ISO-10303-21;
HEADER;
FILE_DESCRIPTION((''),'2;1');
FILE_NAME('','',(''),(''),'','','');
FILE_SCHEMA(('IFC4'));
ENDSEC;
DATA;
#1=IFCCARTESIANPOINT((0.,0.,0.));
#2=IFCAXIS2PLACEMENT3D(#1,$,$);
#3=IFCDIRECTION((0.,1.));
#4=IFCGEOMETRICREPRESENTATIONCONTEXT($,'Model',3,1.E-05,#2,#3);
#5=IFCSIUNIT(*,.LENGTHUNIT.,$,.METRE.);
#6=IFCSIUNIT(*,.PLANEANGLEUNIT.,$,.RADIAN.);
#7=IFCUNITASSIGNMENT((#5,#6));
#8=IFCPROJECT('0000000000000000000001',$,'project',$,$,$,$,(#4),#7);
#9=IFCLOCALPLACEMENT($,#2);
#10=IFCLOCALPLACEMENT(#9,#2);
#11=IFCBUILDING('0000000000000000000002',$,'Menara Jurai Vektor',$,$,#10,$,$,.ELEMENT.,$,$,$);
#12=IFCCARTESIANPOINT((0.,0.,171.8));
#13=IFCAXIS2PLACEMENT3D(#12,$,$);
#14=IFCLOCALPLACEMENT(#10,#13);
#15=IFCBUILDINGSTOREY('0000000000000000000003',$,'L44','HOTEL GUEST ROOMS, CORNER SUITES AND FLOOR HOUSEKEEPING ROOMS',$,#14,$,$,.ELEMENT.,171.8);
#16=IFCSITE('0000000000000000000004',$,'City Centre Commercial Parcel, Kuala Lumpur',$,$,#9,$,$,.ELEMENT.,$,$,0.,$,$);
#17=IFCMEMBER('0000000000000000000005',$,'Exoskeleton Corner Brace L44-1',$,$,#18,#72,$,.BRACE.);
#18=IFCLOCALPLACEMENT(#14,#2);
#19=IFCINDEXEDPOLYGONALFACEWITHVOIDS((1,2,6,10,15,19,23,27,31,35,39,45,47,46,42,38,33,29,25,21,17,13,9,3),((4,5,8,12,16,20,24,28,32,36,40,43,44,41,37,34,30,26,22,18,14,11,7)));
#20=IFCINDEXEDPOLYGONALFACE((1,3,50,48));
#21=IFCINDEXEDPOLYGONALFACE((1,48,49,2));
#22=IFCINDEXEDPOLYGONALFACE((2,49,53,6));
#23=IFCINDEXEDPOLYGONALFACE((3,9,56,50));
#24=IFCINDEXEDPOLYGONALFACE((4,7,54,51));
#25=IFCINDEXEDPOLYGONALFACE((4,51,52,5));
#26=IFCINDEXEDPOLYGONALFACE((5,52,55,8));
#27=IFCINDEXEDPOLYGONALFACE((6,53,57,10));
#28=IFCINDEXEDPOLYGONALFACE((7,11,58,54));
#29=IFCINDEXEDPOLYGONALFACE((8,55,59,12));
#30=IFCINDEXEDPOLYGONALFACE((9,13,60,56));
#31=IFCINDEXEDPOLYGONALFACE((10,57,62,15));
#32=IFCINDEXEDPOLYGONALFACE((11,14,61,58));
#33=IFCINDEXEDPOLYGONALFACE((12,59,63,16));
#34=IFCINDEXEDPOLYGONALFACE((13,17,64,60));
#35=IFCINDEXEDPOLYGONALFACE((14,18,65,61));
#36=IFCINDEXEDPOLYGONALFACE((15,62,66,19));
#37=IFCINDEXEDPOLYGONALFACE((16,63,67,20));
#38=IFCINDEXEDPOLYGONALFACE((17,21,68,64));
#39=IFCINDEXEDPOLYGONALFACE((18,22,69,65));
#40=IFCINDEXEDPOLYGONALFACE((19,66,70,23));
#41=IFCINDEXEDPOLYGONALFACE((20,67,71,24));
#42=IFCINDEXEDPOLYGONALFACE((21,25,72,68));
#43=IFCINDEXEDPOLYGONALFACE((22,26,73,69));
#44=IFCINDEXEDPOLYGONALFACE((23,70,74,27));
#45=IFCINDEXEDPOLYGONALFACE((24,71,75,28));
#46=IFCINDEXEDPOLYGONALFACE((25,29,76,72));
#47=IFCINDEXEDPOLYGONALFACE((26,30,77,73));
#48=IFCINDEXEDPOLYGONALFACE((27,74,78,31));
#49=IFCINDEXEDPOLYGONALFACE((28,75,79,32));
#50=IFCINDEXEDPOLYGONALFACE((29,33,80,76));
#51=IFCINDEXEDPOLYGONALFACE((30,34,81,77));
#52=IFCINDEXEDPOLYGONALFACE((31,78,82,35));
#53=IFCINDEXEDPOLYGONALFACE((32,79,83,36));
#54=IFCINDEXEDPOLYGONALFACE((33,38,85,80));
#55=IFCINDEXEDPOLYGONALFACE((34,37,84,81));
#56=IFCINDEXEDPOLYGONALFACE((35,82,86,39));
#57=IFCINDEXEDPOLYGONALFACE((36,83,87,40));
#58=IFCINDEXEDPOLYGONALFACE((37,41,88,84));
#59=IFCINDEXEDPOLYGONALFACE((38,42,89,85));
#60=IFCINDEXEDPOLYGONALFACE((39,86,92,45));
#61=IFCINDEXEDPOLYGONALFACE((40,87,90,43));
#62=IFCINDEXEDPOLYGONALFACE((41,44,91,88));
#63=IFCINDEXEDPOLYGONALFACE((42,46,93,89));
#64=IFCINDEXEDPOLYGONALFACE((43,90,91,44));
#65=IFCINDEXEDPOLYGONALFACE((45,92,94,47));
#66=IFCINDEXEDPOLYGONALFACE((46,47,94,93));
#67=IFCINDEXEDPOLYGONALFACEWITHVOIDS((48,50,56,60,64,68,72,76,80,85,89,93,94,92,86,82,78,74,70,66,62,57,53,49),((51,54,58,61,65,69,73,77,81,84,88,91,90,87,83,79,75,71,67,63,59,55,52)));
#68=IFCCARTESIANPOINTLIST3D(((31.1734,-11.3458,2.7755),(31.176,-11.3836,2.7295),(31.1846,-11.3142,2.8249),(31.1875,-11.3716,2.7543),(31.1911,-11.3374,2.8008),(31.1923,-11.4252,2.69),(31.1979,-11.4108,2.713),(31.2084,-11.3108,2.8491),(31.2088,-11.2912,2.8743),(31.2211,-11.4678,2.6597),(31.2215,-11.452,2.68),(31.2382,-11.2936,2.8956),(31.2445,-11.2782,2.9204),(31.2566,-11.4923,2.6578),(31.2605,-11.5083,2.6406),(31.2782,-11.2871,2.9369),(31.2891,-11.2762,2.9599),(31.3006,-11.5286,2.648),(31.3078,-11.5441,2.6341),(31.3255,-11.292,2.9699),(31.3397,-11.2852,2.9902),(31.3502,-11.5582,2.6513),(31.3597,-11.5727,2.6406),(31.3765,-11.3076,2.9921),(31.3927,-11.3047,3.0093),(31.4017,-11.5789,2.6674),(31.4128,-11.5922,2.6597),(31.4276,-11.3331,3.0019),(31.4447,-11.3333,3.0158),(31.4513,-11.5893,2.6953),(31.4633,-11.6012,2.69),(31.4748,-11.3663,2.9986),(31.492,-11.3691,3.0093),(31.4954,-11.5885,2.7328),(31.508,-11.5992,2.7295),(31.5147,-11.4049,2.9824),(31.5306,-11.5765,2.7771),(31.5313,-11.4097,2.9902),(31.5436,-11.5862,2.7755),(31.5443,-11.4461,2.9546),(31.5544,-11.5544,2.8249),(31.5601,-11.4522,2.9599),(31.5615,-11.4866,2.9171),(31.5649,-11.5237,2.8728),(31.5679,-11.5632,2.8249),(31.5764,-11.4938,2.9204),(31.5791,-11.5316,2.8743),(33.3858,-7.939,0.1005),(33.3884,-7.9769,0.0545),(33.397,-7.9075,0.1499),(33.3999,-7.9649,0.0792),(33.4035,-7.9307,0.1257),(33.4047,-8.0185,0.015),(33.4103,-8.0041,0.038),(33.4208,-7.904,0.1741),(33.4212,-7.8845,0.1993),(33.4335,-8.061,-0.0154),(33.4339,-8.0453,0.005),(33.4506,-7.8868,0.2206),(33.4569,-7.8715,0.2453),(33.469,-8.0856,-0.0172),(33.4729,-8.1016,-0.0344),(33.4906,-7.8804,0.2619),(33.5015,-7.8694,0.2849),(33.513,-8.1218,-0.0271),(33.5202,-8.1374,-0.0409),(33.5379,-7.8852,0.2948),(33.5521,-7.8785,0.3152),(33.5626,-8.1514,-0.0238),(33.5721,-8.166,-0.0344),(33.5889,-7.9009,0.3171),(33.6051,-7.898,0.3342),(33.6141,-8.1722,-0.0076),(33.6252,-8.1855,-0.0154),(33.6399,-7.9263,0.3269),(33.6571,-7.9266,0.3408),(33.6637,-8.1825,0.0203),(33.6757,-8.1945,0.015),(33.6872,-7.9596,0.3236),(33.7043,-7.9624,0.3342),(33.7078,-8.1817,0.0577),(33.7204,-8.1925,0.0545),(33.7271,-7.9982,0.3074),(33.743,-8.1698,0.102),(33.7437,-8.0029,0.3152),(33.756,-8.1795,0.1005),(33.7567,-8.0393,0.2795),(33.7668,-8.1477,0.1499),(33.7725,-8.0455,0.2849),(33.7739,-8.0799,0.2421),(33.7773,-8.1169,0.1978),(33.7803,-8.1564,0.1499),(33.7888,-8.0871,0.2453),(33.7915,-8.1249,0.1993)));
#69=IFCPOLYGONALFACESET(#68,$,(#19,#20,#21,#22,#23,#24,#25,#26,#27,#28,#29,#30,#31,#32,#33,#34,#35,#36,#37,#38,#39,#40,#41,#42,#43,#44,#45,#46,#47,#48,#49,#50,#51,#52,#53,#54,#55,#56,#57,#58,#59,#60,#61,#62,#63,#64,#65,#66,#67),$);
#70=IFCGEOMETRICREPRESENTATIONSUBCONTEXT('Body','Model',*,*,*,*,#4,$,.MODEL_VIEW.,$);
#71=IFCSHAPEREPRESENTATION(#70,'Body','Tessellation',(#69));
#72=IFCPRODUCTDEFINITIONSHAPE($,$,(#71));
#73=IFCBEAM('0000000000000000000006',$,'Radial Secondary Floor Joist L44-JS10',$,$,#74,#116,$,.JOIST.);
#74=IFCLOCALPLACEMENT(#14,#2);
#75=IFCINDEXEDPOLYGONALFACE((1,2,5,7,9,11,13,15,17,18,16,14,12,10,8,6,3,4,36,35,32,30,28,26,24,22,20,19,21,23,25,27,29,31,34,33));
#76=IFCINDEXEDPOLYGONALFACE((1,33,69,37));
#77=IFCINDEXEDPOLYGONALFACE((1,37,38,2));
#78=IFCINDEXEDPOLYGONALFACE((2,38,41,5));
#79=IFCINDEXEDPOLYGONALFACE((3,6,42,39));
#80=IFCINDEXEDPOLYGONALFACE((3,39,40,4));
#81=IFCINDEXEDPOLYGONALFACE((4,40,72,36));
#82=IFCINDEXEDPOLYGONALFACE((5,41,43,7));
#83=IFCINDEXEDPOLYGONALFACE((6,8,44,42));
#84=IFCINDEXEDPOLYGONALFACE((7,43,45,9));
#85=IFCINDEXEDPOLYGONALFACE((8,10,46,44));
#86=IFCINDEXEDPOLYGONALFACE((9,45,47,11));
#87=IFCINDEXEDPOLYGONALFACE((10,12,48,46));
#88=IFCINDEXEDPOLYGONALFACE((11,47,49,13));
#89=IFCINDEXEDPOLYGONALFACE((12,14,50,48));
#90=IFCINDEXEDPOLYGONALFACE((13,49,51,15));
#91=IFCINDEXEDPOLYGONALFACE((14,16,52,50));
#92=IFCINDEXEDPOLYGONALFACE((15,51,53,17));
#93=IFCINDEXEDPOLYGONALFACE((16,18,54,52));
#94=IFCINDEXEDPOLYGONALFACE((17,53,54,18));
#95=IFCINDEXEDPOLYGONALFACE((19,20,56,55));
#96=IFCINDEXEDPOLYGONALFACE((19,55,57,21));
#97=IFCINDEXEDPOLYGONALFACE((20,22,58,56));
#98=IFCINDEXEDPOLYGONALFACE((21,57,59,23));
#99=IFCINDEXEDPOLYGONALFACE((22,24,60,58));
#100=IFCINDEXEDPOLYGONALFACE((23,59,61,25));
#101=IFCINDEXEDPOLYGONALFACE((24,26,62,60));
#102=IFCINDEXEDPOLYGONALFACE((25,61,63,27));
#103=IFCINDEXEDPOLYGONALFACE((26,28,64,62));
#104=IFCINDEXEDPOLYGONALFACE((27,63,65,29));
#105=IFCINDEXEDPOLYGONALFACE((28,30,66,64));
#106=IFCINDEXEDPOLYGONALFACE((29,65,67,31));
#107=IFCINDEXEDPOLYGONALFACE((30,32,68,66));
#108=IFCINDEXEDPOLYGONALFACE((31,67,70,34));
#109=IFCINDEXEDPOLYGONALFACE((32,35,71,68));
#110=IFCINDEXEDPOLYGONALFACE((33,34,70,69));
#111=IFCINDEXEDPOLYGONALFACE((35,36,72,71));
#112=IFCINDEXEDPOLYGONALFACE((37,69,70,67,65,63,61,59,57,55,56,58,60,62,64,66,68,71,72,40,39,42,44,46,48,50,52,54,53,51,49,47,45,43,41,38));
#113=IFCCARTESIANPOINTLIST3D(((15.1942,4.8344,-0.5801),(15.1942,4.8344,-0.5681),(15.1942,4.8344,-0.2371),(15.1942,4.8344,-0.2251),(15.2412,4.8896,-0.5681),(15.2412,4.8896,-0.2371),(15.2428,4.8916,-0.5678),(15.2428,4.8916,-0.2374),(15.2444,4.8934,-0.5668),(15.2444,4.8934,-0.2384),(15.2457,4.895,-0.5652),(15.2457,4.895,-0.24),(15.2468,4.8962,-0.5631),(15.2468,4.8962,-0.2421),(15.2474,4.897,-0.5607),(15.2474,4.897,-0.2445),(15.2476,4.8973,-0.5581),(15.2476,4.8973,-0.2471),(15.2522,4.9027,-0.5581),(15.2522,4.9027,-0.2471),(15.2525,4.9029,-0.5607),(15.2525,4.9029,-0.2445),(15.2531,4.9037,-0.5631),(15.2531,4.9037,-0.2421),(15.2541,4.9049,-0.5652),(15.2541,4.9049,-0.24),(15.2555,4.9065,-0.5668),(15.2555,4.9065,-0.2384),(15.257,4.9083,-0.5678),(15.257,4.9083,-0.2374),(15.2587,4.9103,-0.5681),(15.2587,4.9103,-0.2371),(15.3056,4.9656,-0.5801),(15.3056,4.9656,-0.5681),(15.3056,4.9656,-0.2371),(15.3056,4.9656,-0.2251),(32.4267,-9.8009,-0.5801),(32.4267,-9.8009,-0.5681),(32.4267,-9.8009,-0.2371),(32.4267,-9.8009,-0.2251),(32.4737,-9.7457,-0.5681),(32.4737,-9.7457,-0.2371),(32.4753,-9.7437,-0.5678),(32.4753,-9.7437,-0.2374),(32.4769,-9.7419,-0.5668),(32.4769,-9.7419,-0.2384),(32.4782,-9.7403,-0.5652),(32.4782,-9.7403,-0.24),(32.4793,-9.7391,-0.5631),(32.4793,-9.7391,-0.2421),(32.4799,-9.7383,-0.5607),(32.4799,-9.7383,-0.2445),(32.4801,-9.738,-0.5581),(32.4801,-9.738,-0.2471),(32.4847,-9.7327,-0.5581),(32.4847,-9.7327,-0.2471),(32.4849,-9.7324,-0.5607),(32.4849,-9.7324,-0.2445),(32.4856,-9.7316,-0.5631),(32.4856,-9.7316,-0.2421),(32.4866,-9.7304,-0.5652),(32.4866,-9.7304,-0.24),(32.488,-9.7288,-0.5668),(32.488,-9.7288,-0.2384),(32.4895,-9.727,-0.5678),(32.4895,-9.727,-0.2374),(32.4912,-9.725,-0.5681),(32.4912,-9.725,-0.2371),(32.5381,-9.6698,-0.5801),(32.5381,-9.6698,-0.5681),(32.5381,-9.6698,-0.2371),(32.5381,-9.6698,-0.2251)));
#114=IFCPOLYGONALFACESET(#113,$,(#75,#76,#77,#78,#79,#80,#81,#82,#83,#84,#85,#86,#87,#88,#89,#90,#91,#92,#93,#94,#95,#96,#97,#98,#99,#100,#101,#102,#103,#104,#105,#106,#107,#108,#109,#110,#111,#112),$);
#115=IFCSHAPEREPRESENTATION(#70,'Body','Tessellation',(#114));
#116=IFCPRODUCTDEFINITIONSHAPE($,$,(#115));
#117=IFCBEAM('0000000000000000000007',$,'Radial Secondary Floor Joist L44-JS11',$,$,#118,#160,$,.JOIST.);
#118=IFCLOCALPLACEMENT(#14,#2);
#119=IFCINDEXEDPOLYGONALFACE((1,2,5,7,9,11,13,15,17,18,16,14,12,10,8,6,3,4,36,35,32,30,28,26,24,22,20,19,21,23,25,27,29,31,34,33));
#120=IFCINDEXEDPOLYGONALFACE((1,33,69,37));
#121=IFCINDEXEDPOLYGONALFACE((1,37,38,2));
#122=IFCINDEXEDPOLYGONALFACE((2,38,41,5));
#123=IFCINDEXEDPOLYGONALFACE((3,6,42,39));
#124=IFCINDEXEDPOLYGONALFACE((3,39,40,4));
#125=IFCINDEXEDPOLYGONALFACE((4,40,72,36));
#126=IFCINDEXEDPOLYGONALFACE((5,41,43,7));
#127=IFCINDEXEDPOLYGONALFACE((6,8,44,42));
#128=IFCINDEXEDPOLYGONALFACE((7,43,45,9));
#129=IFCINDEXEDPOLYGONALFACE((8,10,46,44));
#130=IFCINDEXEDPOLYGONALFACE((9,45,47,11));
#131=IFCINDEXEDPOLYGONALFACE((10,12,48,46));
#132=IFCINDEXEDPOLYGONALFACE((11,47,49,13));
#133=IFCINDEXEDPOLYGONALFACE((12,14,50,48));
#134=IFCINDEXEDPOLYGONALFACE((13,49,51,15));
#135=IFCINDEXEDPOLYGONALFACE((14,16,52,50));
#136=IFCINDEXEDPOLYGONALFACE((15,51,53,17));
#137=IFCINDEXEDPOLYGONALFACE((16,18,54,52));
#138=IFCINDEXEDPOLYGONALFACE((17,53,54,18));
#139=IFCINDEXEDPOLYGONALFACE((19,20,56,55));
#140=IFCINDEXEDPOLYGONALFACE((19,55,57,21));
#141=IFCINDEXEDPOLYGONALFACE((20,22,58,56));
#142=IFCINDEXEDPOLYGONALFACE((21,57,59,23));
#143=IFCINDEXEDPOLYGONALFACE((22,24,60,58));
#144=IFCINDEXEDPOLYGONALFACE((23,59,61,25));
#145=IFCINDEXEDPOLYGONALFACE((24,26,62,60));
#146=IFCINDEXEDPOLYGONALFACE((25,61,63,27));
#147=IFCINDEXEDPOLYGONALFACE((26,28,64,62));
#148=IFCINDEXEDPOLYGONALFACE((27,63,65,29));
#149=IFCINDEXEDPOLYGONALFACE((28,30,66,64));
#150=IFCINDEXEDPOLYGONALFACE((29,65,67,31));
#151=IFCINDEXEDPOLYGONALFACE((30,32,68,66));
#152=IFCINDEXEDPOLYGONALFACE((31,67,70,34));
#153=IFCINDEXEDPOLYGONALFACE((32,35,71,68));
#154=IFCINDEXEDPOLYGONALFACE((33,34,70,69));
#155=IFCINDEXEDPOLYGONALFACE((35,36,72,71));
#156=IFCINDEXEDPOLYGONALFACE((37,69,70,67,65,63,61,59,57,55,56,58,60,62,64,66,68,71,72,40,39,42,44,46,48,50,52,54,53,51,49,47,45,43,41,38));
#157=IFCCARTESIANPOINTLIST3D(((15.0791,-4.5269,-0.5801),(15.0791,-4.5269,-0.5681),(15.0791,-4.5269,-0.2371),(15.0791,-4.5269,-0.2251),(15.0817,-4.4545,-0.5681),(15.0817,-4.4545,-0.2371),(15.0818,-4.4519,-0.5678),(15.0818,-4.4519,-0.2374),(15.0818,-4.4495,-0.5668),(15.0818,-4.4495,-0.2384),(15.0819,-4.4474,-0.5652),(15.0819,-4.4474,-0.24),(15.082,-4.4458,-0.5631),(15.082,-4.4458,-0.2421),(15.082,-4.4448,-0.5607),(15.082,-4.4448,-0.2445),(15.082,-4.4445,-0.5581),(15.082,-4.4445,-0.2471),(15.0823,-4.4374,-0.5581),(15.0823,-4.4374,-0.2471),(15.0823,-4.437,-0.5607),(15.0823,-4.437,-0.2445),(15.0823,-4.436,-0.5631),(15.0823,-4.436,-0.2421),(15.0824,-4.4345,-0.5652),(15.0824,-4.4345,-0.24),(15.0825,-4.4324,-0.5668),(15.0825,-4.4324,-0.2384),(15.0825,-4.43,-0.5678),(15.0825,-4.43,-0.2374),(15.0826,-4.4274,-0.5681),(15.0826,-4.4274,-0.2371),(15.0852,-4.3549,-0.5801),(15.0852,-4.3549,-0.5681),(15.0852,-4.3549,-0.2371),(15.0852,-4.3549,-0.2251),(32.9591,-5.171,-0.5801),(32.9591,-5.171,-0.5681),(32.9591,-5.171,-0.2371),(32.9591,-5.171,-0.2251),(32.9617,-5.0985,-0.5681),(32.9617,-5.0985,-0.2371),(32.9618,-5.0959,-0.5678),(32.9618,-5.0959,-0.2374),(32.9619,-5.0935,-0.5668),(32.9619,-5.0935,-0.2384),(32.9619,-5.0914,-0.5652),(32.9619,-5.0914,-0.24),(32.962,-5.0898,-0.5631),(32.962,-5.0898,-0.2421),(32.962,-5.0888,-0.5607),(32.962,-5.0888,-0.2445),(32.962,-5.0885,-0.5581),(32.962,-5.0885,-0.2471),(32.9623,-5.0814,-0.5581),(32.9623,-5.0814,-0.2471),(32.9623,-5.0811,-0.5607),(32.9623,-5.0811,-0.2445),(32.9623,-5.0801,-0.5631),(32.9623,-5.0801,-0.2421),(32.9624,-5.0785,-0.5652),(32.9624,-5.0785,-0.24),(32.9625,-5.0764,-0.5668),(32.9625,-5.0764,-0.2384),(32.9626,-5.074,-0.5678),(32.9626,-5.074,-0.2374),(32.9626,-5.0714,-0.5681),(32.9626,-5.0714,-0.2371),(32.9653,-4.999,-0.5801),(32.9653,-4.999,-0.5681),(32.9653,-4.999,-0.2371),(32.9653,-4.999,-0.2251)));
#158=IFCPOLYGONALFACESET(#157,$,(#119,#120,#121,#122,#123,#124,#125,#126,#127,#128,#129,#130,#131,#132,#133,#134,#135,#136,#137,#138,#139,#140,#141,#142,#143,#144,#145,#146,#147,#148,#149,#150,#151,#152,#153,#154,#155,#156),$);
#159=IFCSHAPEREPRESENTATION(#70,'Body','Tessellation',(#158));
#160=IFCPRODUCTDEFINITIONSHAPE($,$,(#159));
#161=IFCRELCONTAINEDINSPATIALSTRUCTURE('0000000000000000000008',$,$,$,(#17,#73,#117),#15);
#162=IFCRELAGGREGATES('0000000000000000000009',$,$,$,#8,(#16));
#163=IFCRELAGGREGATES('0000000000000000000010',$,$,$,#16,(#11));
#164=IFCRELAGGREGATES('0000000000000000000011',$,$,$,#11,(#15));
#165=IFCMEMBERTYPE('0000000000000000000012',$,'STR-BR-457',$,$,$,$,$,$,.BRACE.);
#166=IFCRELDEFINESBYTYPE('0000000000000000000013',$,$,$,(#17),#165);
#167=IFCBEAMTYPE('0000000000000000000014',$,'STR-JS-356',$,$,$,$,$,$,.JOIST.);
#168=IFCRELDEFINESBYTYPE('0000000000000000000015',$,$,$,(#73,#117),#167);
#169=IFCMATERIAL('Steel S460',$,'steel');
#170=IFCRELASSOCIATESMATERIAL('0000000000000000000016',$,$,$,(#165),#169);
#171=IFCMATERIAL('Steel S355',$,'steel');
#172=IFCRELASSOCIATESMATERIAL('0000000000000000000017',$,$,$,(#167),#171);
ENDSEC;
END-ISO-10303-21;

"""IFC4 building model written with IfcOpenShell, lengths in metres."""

from ifc_helpers import new_model, si_unit, direction, frame, origin, origin_2d, place, context, subcontext, project, spatial, hollow_circle, i_section, extrude, material, material_profile, profile_set, type_object, element, save


model = new_model("IFC4")

# Units and contexts
model_context = context("Model", 3, precision=1e-05, world=origin(), true_north=direction((0.0, 1.0)))
body_context = subcontext(model_context, "Body", "Model", "MODEL_VIEW")
ifc_project = project(units=[si_unit("LENGTHUNIT", "METRE"), si_unit("PLANEANGLEUNIT", "RADIAN")], contexts=[model_context])

# Site, building, storey
site_placement = place(None, origin())
site = spatial("IfcSite", under=ifc_project, at=site_placement, Name="City Centre Commercial Parcel, Kuala Lumpur", CompositionType="ELEMENT", RefElevation=0.0)
building_placement = place(site_placement, origin())
building = spatial("IfcBuilding", under=site, at=building_placement, Name="Menara Jurai Vektor", CompositionType="ELEMENT")
storey_placement = place(building_placement, frame((0.0, 0.0, 171.8)))
storey = spatial("IfcBuildingStorey", under=building, at=storey_placement, Name="L44", Description="HOTEL GUEST ROOMS, CORNER SUITES AND FLOOR HOUSEKEEPING ROOMS", CompositionType="ELEMENT", Elevation=171.8)

# Shared definitions
ifc_material_1 = material(Name="Steel S460", Category="steel")

# Shared definitions
ifc_material_2 = material(Name="Steel S355", Category="steel")

# Member
ifc_material_profile_1 = material_profile(ifc_material_1, hollow_circle(Radius=0.2285, WallThickness=0.0161, at=origin_2d()), Name="CHS 457x16")
ifc_profile_set_1 = profile_set([ifc_material_profile_1], Name="Steel S460")
member_type_1 = type_object("IfcMemberType", Name="STR-BR-457", PredefinedType="BRACE", material=ifc_profile_set_1)
member_1_placement = place(storey_placement, frame((33.5886, -8.032, 0.1499), z_axis=(-0.454872, -0.700428, 0.549992), x_axis=(0.838666, -0.544646, 0.0)))
element("IfcMember", 1, at=member_1_placement, inside=storey, type_object=member_type_1, Name="Exoskeleton Corner Brace L44-1", PredefinedType="BRACE", context=body_context, shape_type="SweptSolid", body=[
    extrude(hollow_circle(Radius=0.2285, WallThickness=0.0161, at=origin_2d()), origin(), (0.0, 0.0, 1.0), 4.8638),
])

# Beams
ifc_material_profile_2 = material_profile(ifc_material_2, i_section(OverallWidth=0.1721, OverallDepth=0.355, WebThickness=0.0071, FlangeThickness=0.012, FilletRadius=0.01, at=origin_2d()), Name="UKB 356x171x51")
ifc_profile_set_2 = profile_set([ifc_material_profile_2], Name="Steel S355")
beam_type_1 = type_object("IfcBeamType", Name="STR-JS-356", PredefinedType="JOIST", material=ifc_profile_set_2)
beam_1_placement = place(storey_placement, frame((32.4824, -9.7354, -0.4026), z_axis=(-0.762208, 0.647332, 0.0), x_axis=(-0.647332, -0.762208, 0.0)))
element("IfcBeam", 2, at=beam_1_placement, inside=storey, type_object=beam_type_1, Name="Radial Secondary Floor Joist L44-JS10", PredefinedType="JOIST", context=body_context, shape_type="SweptSolid", body=[
    extrude(i_section(OverallWidth=0.1721, OverallDepth=0.355, WebThickness=0.0071, FlangeThickness=0.012, FilletRadius=0.01, at=origin_2d()), origin(), (0.0, 0.0, 1.0), 22.6086),
])
beam_2_placement = place(storey_placement, frame((32.9622, -5.085, -0.4026), z_axis=(-0.999352, 0.035997, 0.0), x_axis=(-0.035997, -0.999352, 0.0)))
element("IfcBeam", 3, at=beam_2_placement, inside=storey, type_object=beam_type_1, Name="Radial Secondary Floor Joist L44-JS11", PredefinedType="JOIST", context=body_context, shape_type="SweptSolid", body=[
    extrude(i_section(OverallWidth=0.1721, OverallDepth=0.355, WebThickness=0.0071, FlangeThickness=0.012, FilletRadius=0.01, at=origin_2d()), origin(), (0.0, 0.0, 1.0), 17.8916),
])

save(model, "model.ifc")
